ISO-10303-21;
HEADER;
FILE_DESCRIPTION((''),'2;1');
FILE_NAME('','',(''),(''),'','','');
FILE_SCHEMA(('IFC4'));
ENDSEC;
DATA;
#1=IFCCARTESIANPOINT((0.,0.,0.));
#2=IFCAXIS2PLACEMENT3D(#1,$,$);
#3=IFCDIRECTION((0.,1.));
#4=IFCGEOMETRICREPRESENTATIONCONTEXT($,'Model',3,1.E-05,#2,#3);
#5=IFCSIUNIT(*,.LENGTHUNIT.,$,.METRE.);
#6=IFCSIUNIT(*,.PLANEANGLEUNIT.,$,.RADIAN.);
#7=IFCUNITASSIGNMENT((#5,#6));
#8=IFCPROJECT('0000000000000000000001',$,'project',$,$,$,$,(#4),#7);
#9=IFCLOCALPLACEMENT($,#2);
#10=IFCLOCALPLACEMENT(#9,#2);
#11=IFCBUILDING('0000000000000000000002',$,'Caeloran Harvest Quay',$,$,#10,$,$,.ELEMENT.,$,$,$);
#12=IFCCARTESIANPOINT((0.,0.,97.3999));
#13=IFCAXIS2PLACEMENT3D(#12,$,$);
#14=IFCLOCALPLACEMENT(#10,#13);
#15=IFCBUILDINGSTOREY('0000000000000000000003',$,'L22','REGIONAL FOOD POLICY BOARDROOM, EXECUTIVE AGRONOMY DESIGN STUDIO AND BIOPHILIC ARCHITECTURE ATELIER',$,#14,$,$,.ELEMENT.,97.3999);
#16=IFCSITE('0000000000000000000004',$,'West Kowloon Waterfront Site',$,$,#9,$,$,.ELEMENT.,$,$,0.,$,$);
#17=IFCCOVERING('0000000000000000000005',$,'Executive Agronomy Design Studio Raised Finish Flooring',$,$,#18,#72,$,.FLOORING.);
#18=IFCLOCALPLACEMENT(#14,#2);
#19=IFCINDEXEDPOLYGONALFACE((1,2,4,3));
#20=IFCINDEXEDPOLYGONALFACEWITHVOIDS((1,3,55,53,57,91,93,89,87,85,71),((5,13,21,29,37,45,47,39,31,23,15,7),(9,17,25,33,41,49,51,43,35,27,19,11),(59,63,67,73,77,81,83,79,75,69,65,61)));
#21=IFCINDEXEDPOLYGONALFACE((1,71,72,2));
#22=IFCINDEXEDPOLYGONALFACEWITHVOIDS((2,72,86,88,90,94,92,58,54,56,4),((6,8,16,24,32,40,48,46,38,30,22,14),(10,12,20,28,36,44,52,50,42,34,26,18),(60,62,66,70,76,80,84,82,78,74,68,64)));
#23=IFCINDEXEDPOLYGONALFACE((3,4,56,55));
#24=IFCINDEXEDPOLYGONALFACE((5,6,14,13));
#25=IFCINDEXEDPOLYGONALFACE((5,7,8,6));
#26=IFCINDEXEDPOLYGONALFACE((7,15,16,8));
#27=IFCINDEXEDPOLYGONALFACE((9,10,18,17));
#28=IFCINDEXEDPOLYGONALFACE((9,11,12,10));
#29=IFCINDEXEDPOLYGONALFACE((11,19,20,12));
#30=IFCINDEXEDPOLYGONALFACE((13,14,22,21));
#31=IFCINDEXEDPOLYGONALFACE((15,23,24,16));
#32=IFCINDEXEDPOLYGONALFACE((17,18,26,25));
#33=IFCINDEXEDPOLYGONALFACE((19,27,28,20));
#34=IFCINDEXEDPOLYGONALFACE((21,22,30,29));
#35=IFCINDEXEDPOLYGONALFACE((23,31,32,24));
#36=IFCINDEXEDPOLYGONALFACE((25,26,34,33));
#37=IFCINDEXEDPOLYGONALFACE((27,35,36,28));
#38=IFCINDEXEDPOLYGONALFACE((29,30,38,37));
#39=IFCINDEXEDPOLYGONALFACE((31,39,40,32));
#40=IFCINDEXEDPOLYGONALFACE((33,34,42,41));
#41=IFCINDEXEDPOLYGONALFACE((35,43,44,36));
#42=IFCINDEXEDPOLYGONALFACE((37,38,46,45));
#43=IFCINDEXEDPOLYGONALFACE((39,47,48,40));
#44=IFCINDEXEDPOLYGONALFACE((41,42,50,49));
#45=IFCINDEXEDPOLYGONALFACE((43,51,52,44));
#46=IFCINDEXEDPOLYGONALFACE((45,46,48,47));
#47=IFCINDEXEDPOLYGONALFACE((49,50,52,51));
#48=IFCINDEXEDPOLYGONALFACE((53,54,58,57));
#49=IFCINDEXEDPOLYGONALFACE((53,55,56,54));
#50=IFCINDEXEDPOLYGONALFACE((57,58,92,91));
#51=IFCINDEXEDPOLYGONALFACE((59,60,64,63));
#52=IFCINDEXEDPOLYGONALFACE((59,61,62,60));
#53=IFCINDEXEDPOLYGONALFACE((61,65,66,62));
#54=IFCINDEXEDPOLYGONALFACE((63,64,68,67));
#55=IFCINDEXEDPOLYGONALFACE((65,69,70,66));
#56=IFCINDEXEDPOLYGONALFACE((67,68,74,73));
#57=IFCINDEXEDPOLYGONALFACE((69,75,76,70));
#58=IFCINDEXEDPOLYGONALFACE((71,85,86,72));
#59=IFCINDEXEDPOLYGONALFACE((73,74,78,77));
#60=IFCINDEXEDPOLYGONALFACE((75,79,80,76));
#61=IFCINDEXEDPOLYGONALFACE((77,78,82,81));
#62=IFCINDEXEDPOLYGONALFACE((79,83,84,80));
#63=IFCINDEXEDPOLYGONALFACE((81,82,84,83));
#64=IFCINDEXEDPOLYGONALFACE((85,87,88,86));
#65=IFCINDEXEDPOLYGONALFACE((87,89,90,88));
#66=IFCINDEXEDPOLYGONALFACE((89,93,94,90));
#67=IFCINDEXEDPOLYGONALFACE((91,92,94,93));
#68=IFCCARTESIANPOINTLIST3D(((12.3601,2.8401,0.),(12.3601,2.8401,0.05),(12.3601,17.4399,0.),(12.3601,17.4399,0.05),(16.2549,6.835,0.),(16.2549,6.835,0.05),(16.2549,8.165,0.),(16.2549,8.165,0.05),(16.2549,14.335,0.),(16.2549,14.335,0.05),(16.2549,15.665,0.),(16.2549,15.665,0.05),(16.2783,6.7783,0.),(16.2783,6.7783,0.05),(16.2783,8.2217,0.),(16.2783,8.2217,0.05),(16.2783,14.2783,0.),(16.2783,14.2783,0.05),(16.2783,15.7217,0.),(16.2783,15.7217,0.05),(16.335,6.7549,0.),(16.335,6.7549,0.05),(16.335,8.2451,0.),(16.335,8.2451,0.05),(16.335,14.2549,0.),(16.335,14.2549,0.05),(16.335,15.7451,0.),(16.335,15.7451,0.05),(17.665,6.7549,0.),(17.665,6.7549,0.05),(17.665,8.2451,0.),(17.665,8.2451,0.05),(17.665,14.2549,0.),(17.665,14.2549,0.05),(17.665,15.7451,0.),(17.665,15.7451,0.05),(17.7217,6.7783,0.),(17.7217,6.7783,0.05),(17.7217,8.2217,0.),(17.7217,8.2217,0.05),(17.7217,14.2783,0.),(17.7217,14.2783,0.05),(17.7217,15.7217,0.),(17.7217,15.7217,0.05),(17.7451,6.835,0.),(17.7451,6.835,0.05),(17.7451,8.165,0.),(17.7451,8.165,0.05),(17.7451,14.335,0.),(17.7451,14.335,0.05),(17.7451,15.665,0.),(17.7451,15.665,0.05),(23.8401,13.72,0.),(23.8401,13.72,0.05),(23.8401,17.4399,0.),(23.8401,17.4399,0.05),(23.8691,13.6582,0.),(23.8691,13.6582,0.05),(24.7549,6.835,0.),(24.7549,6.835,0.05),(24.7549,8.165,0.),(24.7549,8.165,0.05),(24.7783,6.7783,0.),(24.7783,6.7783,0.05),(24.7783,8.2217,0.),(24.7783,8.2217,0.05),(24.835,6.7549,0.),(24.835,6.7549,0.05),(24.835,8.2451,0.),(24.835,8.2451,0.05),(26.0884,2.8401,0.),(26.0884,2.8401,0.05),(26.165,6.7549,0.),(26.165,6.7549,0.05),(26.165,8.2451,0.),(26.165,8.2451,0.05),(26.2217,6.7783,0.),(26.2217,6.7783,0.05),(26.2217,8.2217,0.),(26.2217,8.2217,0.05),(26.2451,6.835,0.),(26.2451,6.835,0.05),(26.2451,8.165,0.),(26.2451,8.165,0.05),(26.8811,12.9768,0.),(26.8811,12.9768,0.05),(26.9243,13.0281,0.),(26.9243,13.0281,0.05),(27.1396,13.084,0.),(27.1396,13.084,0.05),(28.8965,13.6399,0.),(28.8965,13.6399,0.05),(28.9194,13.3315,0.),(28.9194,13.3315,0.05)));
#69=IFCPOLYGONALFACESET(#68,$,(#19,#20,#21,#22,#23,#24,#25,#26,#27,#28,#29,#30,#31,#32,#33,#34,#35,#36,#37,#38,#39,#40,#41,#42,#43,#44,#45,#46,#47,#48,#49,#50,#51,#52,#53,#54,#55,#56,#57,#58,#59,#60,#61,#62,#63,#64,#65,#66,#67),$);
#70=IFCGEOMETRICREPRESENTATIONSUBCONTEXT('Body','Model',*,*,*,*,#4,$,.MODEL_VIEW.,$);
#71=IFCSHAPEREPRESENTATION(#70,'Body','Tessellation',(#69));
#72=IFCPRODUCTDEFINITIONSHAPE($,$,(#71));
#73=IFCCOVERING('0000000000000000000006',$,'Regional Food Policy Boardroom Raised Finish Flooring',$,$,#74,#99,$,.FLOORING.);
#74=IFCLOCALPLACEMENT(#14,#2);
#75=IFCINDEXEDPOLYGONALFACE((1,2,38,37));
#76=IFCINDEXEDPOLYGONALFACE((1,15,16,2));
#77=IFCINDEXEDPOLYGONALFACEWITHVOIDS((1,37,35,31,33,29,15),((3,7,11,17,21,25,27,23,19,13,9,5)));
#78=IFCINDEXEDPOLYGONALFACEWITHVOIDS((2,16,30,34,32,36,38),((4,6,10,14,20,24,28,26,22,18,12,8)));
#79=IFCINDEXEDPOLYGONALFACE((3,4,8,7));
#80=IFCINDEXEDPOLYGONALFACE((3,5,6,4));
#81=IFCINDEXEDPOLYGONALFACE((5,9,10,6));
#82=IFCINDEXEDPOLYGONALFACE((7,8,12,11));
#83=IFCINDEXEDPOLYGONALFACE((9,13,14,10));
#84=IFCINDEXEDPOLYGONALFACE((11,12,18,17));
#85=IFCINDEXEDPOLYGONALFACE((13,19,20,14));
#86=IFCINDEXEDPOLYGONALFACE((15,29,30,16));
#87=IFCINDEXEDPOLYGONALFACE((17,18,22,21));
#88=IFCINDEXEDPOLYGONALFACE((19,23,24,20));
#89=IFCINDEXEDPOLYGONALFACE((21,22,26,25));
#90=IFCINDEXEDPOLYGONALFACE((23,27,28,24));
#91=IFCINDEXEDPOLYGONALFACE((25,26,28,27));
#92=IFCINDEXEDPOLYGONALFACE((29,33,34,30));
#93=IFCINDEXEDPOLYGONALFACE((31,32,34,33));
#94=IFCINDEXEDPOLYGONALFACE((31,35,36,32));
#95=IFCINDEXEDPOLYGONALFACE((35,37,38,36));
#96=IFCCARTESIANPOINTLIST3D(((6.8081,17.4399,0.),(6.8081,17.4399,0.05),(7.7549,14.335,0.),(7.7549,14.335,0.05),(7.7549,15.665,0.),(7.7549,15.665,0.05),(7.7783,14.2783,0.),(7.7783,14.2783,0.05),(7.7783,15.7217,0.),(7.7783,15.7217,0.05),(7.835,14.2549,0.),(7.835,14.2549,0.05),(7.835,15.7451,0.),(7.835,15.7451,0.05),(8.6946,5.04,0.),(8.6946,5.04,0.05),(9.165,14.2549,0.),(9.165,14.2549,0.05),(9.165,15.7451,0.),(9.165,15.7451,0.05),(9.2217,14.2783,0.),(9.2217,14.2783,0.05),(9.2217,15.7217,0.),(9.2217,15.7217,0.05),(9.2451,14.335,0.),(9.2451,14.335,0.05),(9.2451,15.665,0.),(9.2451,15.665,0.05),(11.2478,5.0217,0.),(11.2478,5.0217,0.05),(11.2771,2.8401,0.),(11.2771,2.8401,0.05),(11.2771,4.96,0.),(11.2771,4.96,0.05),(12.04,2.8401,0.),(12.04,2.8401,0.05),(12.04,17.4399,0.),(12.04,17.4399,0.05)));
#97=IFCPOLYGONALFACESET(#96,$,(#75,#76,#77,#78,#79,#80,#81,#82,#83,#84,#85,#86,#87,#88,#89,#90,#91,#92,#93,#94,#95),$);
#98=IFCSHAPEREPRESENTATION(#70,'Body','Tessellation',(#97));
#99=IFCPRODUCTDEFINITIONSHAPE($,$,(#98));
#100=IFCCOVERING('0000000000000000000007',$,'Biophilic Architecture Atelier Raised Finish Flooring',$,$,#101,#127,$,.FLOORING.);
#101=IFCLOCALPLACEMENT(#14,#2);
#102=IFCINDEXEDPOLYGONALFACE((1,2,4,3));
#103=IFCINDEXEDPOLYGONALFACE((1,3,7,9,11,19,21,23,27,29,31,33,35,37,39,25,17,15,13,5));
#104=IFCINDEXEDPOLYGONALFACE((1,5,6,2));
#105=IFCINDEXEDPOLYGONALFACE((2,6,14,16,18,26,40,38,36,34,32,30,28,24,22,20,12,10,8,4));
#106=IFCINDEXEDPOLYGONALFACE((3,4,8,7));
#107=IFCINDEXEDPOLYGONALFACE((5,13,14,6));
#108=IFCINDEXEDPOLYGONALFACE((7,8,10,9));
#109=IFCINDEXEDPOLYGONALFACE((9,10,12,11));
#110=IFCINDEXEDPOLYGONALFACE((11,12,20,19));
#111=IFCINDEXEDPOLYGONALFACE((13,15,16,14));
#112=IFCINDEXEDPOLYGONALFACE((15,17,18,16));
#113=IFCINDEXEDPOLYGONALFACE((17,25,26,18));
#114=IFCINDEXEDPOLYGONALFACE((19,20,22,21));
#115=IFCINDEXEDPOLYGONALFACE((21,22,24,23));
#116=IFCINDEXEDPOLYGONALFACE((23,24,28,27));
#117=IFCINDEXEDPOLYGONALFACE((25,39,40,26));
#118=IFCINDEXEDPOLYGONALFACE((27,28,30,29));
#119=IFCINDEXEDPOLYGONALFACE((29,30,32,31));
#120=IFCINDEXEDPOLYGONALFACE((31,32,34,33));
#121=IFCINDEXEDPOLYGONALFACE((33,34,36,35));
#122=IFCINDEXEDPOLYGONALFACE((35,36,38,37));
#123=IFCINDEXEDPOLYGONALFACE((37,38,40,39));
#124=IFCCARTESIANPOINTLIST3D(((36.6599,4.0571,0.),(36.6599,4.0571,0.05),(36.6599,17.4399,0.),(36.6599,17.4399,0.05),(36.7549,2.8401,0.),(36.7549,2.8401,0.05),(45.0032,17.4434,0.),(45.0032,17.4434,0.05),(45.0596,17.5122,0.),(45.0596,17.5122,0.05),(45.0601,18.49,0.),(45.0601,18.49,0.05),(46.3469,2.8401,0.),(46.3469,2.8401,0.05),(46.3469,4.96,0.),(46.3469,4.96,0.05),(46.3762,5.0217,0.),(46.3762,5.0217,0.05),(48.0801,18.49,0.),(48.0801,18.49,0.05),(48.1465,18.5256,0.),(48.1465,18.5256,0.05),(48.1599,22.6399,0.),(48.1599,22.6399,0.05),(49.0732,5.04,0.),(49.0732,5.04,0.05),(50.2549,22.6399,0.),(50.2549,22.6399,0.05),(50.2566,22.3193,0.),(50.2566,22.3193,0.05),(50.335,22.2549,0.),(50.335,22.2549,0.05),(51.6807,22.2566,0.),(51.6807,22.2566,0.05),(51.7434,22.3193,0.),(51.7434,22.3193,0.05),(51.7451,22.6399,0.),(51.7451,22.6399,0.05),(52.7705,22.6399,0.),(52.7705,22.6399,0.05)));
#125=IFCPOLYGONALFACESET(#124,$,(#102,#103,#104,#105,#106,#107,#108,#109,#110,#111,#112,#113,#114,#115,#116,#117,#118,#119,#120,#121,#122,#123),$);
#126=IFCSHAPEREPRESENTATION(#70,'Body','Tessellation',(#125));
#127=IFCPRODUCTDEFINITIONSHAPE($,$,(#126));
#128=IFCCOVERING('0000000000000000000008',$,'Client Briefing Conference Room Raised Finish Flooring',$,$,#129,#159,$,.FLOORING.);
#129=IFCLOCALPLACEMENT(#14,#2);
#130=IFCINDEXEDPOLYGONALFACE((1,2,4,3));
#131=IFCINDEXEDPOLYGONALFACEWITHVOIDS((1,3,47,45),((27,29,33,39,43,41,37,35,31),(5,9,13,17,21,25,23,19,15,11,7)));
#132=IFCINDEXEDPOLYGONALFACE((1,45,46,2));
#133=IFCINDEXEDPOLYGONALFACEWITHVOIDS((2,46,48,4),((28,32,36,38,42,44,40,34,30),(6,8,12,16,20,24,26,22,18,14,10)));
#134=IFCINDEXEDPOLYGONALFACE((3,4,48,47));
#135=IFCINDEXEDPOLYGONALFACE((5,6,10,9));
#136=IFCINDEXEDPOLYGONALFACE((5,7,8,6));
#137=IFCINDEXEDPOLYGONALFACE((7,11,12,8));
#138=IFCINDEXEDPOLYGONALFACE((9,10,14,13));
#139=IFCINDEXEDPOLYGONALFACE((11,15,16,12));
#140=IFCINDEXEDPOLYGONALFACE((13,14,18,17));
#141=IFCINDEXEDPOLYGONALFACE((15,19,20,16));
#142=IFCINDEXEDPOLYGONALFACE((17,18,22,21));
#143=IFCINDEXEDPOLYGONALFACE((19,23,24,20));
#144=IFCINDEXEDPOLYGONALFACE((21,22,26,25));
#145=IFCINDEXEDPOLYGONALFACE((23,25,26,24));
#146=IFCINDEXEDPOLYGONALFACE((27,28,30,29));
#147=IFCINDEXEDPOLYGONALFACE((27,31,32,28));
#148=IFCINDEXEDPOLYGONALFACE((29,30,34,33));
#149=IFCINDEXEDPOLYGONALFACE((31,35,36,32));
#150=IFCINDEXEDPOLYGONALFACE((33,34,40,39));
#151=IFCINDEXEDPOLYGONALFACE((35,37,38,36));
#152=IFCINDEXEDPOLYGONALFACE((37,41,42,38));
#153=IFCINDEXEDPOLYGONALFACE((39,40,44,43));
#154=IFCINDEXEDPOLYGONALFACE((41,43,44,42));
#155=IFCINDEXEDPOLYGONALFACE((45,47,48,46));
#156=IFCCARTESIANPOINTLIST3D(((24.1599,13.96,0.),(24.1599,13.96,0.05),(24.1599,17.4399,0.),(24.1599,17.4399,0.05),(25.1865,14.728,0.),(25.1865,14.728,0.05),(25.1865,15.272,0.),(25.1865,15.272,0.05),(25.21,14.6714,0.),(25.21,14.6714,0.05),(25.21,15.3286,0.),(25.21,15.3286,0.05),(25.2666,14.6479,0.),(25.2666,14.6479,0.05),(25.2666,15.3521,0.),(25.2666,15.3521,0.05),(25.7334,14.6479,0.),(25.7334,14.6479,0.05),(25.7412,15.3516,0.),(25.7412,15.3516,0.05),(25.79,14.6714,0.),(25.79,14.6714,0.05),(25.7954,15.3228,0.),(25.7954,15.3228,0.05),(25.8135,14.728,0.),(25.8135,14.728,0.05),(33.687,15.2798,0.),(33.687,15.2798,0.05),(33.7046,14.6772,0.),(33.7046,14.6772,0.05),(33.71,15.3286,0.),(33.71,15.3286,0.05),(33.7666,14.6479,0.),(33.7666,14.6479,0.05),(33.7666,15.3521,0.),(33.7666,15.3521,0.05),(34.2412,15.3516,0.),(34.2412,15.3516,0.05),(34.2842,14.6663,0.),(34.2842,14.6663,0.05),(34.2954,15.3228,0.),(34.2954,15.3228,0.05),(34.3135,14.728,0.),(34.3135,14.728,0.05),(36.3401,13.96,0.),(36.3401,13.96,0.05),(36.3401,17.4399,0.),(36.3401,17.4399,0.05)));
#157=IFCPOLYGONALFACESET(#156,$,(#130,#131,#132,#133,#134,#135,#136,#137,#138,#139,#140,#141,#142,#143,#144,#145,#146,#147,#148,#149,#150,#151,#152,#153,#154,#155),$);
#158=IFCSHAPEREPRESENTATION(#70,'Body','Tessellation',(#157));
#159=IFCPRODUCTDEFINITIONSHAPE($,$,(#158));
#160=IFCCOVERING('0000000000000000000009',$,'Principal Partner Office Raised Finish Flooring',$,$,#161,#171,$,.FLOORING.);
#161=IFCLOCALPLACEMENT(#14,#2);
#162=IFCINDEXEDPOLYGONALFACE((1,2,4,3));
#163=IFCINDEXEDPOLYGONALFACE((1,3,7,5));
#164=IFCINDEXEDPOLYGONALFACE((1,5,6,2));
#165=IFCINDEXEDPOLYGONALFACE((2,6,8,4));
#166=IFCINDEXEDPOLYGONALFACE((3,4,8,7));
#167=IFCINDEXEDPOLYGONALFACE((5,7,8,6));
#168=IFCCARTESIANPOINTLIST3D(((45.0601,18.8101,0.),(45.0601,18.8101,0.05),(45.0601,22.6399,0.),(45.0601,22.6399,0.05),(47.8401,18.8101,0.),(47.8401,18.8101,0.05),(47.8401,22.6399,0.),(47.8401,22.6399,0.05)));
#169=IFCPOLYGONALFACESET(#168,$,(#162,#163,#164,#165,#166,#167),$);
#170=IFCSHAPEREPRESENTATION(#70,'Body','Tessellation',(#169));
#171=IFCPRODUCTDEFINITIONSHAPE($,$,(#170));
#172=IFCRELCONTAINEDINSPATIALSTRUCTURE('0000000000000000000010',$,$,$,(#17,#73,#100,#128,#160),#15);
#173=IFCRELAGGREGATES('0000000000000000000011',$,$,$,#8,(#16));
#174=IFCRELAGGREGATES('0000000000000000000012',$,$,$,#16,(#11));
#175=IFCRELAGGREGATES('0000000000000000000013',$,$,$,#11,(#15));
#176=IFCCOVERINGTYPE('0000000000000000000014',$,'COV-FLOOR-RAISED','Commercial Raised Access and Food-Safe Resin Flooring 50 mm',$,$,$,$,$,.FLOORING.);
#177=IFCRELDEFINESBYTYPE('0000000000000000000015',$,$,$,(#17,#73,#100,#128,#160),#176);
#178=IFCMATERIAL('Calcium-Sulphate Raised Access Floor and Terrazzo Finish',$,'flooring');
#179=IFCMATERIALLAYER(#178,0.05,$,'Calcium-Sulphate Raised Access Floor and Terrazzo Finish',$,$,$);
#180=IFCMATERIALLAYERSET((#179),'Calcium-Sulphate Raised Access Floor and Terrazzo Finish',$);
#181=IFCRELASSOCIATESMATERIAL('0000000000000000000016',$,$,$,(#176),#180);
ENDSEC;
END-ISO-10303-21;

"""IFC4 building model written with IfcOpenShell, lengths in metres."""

from ifc_helpers import new_model, si_unit, direction, frame, origin, place, context, subcontext, project, spatial, polyline, outline, extrude, material, layer, layer_set, type_object, element, save


model = new_model("IFC4")

# Units and contexts
model_context = context("Model", 3, precision=1e-05, world=origin(), true_north=direction((0.0, 1.0)))
body_context = subcontext(model_context, "Body", "Model", "MODEL_VIEW")
ifc_project = project(units=[si_unit("LENGTHUNIT", "METRE"), si_unit("PLANEANGLEUNIT", "RADIAN")], contexts=[model_context])

# Site, building, storey
site_placement = place(None, origin())
site = spatial("IfcSite", under=ifc_project, at=site_placement, Name="West Kowloon Waterfront Site", CompositionType="ELEMENT", RefElevation=0.0)
building_placement = place(site_placement, origin())
building = spatial("IfcBuilding", under=site, at=building_placement, Name="Caeloran Harvest Quay", CompositionType="ELEMENT")
storey_placement = place(building_placement, frame((0.0, 0.0, 97.3999)))
storey = spatial("IfcBuildingStorey", under=building, at=storey_placement, Name="L22", Description="REGIONAL FOOD POLICY BOARDROOM, EXECUTIVE AGRONOMY DESIGN STUDIO AND BIOPHILIC ARCHITECTURE ATELIER", CompositionType="ELEMENT", Elevation=97.3999)

# Coverings
ifc_material_1 = material(Name="Calcium-Sulphate Raised Access Floor and Terrazzo Finish", Category="flooring")
ifc_layer_1 = layer(ifc_material_1, 0.05, Name="Calcium-Sulphate Raised Access Floor and Terrazzo Finish")
ifc_layer_set_1 = layer_set([ifc_layer_1], Name="Calcium-Sulphate Raised Access Floor and Terrazzo Finish")
covering_type_1 = type_object("IfcCoveringType", Name="COV-FLOOR-RAISED", Description="Commercial Raised Access and Food-Safe Resin Flooring 50 mm", PredefinedType="FLOORING", material=ifc_layer_set_1)
covering_1_placement = place(storey_placement, origin())
element("IfcCovering", 1, at=covering_1_placement, inside=storey, type_object=covering_type_1, Name="Executive Agronomy Design Studio Raised Finish Flooring", PredefinedType="FLOORING", context=body_context, shape_type="SweptSolid", body=[
    extrude(outline(polyline([(23.8401, 17.4399), (23.8401, 13.72), (23.8691, 13.6582), (28.8965, 13.6399), (28.9194, 13.3315), (27.1396, 13.084), (26.9243, 13.0281), (26.8811, 12.9768), (26.0884, 2.8401), (12.3601, 2.8401), (12.3601, 17.4399), (23.8401, 17.4399)]), holes=[polyline([(26.2451, 8.165), (26.2217, 8.2217), (26.165, 8.2451), (24.835, 8.2451), (24.7783, 8.2217), (24.7549, 8.165), (24.7549, 6.835), (24.7783, 6.7783), (24.835, 6.7549), (26.165, 6.7549), (26.2217, 6.7783), (26.2451, 6.835), (26.2451, 8.165)]), polyline([(16.335, 8.2451), (16.2783, 8.2217), (16.2549, 8.165), (16.2549, 6.835), (16.2783, 6.7783), (16.335, 6.7549), (17.665, 6.7549), (17.7217, 6.7783), (17.7451, 6.835), (17.7451, 8.165), (17.7217, 8.2217), (17.665, 8.2451), (16.335, 8.2451)]), polyline([(17.7451, 15.665), (17.7217, 15.7217), (17.665, 15.7451), (16.335, 15.7451), (16.2783, 15.7217), (16.2549, 15.665), (16.2549, 14.335), (16.2783, 14.2783), (16.335, 14.2549), (17.665, 14.2549), (17.7217, 14.2783), (17.7451, 14.335), (17.7451, 15.665)])]), origin(), (0.0, 0.0, 1.0), 0.05),
])
covering_2_placement = place(storey_placement, origin())
element("IfcCovering", 2, at=covering_2_placement, inside=storey, type_object=covering_type_1, Name="Regional Food Policy Boardroom Raised Finish Flooring", PredefinedType="FLOORING", context=body_context, shape_type="SweptSolid", body=[
    extrude(outline(polyline([(12.04, 17.4399), (12.04, 2.8401), (11.2771, 2.8401), (11.2771, 4.96), (11.2478, 5.0217), (8.6946, 5.04), (6.8081, 17.4399), (12.04, 17.4399)]), holes=[polyline([(9.2451, 15.665), (9.2217, 15.7217), (9.165, 15.7451), (7.835, 15.7451), (7.7783, 15.7217), (7.7549, 15.665), (7.7549, 14.335), (7.7783, 14.2783), (7.835, 14.2549), (9.165, 14.2549), (9.2217, 14.2783), (9.2451, 14.335), (9.2451, 15.665)])]), origin(), (0.0, 0.0, 1.0), 0.05),
])
covering_3_placement = place(storey_placement, origin())
element("IfcCovering", 3, at=covering_3_placement, inside=storey, type_object=covering_type_1, Name="Biophilic Architecture Atelier Raised Finish Flooring", PredefinedType="FLOORING", context=body_context, shape_type="SweptSolid", body=[
    extrude(outline(polyline([(36.6599, 17.4399), (45.0032, 17.4434), (45.0596, 17.5122), (45.0601, 18.49), (48.0801, 18.49), (48.1465, 18.5256), (48.1599, 22.6399), (50.2549, 22.6399), (50.2566, 22.3193), (50.335, 22.2549), (51.6807, 22.2566), (51.7434, 22.3193), (51.7451, 22.6399), (52.7705, 22.6399), (49.0732, 5.04), (46.3762, 5.0217), (46.3469, 4.96), (46.3469, 2.8401), (36.7549, 2.8401), (36.6599, 4.0571), (36.6599, 17.4399)])), origin(), (0.0, 0.0, 1.0), 0.05),
])
covering_4_placement = place(storey_placement, origin())
element("IfcCovering", 4, at=covering_4_placement, inside=storey, type_object=covering_type_1, Name="Client Briefing Conference Room Raised Finish Flooring", PredefinedType="FLOORING", context=body_context, shape_type="SweptSolid", body=[
    extrude(outline(polyline([(24.1599, 17.4399), (36.3401, 17.4399), (36.3401, 13.96), (24.1599, 13.96), (24.1599, 17.4399)]), holes=[polyline([(33.7666, 15.3521), (33.71, 15.3286), (33.687, 15.2798), (33.7046, 14.6772), (33.7666, 14.6479), (34.2842, 14.6663), (34.3135, 14.728), (34.2954, 15.3228), (34.2412, 15.3516), (33.7666, 15.3521)]), polyline([(25.8135, 14.728), (25.7954, 15.3228), (25.7412, 15.3516), (25.2666, 15.3521), (25.21, 15.3286), (25.1865, 15.272), (25.1865, 14.728), (25.21, 14.6714), (25.2666, 14.6479), (25.7334, 14.6479), (25.79, 14.6714), (25.8135, 14.728)])]), origin(), (0.0, 0.0, 1.0), 0.05),
])
covering_5_placement = place(storey_placement, origin())
element("IfcCovering", 5, at=covering_5_placement, inside=storey, type_object=covering_type_1, Name="Principal Partner Office Raised Finish Flooring", PredefinedType="FLOORING", context=body_context, shape_type="SweptSolid", body=[
    extrude(outline(polyline([(45.0601, 18.8101), (45.0601, 22.6399), (47.8401, 22.6399), (47.8401, 18.8101), (45.0601, 18.8101)])), origin(), (0.0, 0.0, 1.0), 0.05),
])

save(model, "model.ifc")
